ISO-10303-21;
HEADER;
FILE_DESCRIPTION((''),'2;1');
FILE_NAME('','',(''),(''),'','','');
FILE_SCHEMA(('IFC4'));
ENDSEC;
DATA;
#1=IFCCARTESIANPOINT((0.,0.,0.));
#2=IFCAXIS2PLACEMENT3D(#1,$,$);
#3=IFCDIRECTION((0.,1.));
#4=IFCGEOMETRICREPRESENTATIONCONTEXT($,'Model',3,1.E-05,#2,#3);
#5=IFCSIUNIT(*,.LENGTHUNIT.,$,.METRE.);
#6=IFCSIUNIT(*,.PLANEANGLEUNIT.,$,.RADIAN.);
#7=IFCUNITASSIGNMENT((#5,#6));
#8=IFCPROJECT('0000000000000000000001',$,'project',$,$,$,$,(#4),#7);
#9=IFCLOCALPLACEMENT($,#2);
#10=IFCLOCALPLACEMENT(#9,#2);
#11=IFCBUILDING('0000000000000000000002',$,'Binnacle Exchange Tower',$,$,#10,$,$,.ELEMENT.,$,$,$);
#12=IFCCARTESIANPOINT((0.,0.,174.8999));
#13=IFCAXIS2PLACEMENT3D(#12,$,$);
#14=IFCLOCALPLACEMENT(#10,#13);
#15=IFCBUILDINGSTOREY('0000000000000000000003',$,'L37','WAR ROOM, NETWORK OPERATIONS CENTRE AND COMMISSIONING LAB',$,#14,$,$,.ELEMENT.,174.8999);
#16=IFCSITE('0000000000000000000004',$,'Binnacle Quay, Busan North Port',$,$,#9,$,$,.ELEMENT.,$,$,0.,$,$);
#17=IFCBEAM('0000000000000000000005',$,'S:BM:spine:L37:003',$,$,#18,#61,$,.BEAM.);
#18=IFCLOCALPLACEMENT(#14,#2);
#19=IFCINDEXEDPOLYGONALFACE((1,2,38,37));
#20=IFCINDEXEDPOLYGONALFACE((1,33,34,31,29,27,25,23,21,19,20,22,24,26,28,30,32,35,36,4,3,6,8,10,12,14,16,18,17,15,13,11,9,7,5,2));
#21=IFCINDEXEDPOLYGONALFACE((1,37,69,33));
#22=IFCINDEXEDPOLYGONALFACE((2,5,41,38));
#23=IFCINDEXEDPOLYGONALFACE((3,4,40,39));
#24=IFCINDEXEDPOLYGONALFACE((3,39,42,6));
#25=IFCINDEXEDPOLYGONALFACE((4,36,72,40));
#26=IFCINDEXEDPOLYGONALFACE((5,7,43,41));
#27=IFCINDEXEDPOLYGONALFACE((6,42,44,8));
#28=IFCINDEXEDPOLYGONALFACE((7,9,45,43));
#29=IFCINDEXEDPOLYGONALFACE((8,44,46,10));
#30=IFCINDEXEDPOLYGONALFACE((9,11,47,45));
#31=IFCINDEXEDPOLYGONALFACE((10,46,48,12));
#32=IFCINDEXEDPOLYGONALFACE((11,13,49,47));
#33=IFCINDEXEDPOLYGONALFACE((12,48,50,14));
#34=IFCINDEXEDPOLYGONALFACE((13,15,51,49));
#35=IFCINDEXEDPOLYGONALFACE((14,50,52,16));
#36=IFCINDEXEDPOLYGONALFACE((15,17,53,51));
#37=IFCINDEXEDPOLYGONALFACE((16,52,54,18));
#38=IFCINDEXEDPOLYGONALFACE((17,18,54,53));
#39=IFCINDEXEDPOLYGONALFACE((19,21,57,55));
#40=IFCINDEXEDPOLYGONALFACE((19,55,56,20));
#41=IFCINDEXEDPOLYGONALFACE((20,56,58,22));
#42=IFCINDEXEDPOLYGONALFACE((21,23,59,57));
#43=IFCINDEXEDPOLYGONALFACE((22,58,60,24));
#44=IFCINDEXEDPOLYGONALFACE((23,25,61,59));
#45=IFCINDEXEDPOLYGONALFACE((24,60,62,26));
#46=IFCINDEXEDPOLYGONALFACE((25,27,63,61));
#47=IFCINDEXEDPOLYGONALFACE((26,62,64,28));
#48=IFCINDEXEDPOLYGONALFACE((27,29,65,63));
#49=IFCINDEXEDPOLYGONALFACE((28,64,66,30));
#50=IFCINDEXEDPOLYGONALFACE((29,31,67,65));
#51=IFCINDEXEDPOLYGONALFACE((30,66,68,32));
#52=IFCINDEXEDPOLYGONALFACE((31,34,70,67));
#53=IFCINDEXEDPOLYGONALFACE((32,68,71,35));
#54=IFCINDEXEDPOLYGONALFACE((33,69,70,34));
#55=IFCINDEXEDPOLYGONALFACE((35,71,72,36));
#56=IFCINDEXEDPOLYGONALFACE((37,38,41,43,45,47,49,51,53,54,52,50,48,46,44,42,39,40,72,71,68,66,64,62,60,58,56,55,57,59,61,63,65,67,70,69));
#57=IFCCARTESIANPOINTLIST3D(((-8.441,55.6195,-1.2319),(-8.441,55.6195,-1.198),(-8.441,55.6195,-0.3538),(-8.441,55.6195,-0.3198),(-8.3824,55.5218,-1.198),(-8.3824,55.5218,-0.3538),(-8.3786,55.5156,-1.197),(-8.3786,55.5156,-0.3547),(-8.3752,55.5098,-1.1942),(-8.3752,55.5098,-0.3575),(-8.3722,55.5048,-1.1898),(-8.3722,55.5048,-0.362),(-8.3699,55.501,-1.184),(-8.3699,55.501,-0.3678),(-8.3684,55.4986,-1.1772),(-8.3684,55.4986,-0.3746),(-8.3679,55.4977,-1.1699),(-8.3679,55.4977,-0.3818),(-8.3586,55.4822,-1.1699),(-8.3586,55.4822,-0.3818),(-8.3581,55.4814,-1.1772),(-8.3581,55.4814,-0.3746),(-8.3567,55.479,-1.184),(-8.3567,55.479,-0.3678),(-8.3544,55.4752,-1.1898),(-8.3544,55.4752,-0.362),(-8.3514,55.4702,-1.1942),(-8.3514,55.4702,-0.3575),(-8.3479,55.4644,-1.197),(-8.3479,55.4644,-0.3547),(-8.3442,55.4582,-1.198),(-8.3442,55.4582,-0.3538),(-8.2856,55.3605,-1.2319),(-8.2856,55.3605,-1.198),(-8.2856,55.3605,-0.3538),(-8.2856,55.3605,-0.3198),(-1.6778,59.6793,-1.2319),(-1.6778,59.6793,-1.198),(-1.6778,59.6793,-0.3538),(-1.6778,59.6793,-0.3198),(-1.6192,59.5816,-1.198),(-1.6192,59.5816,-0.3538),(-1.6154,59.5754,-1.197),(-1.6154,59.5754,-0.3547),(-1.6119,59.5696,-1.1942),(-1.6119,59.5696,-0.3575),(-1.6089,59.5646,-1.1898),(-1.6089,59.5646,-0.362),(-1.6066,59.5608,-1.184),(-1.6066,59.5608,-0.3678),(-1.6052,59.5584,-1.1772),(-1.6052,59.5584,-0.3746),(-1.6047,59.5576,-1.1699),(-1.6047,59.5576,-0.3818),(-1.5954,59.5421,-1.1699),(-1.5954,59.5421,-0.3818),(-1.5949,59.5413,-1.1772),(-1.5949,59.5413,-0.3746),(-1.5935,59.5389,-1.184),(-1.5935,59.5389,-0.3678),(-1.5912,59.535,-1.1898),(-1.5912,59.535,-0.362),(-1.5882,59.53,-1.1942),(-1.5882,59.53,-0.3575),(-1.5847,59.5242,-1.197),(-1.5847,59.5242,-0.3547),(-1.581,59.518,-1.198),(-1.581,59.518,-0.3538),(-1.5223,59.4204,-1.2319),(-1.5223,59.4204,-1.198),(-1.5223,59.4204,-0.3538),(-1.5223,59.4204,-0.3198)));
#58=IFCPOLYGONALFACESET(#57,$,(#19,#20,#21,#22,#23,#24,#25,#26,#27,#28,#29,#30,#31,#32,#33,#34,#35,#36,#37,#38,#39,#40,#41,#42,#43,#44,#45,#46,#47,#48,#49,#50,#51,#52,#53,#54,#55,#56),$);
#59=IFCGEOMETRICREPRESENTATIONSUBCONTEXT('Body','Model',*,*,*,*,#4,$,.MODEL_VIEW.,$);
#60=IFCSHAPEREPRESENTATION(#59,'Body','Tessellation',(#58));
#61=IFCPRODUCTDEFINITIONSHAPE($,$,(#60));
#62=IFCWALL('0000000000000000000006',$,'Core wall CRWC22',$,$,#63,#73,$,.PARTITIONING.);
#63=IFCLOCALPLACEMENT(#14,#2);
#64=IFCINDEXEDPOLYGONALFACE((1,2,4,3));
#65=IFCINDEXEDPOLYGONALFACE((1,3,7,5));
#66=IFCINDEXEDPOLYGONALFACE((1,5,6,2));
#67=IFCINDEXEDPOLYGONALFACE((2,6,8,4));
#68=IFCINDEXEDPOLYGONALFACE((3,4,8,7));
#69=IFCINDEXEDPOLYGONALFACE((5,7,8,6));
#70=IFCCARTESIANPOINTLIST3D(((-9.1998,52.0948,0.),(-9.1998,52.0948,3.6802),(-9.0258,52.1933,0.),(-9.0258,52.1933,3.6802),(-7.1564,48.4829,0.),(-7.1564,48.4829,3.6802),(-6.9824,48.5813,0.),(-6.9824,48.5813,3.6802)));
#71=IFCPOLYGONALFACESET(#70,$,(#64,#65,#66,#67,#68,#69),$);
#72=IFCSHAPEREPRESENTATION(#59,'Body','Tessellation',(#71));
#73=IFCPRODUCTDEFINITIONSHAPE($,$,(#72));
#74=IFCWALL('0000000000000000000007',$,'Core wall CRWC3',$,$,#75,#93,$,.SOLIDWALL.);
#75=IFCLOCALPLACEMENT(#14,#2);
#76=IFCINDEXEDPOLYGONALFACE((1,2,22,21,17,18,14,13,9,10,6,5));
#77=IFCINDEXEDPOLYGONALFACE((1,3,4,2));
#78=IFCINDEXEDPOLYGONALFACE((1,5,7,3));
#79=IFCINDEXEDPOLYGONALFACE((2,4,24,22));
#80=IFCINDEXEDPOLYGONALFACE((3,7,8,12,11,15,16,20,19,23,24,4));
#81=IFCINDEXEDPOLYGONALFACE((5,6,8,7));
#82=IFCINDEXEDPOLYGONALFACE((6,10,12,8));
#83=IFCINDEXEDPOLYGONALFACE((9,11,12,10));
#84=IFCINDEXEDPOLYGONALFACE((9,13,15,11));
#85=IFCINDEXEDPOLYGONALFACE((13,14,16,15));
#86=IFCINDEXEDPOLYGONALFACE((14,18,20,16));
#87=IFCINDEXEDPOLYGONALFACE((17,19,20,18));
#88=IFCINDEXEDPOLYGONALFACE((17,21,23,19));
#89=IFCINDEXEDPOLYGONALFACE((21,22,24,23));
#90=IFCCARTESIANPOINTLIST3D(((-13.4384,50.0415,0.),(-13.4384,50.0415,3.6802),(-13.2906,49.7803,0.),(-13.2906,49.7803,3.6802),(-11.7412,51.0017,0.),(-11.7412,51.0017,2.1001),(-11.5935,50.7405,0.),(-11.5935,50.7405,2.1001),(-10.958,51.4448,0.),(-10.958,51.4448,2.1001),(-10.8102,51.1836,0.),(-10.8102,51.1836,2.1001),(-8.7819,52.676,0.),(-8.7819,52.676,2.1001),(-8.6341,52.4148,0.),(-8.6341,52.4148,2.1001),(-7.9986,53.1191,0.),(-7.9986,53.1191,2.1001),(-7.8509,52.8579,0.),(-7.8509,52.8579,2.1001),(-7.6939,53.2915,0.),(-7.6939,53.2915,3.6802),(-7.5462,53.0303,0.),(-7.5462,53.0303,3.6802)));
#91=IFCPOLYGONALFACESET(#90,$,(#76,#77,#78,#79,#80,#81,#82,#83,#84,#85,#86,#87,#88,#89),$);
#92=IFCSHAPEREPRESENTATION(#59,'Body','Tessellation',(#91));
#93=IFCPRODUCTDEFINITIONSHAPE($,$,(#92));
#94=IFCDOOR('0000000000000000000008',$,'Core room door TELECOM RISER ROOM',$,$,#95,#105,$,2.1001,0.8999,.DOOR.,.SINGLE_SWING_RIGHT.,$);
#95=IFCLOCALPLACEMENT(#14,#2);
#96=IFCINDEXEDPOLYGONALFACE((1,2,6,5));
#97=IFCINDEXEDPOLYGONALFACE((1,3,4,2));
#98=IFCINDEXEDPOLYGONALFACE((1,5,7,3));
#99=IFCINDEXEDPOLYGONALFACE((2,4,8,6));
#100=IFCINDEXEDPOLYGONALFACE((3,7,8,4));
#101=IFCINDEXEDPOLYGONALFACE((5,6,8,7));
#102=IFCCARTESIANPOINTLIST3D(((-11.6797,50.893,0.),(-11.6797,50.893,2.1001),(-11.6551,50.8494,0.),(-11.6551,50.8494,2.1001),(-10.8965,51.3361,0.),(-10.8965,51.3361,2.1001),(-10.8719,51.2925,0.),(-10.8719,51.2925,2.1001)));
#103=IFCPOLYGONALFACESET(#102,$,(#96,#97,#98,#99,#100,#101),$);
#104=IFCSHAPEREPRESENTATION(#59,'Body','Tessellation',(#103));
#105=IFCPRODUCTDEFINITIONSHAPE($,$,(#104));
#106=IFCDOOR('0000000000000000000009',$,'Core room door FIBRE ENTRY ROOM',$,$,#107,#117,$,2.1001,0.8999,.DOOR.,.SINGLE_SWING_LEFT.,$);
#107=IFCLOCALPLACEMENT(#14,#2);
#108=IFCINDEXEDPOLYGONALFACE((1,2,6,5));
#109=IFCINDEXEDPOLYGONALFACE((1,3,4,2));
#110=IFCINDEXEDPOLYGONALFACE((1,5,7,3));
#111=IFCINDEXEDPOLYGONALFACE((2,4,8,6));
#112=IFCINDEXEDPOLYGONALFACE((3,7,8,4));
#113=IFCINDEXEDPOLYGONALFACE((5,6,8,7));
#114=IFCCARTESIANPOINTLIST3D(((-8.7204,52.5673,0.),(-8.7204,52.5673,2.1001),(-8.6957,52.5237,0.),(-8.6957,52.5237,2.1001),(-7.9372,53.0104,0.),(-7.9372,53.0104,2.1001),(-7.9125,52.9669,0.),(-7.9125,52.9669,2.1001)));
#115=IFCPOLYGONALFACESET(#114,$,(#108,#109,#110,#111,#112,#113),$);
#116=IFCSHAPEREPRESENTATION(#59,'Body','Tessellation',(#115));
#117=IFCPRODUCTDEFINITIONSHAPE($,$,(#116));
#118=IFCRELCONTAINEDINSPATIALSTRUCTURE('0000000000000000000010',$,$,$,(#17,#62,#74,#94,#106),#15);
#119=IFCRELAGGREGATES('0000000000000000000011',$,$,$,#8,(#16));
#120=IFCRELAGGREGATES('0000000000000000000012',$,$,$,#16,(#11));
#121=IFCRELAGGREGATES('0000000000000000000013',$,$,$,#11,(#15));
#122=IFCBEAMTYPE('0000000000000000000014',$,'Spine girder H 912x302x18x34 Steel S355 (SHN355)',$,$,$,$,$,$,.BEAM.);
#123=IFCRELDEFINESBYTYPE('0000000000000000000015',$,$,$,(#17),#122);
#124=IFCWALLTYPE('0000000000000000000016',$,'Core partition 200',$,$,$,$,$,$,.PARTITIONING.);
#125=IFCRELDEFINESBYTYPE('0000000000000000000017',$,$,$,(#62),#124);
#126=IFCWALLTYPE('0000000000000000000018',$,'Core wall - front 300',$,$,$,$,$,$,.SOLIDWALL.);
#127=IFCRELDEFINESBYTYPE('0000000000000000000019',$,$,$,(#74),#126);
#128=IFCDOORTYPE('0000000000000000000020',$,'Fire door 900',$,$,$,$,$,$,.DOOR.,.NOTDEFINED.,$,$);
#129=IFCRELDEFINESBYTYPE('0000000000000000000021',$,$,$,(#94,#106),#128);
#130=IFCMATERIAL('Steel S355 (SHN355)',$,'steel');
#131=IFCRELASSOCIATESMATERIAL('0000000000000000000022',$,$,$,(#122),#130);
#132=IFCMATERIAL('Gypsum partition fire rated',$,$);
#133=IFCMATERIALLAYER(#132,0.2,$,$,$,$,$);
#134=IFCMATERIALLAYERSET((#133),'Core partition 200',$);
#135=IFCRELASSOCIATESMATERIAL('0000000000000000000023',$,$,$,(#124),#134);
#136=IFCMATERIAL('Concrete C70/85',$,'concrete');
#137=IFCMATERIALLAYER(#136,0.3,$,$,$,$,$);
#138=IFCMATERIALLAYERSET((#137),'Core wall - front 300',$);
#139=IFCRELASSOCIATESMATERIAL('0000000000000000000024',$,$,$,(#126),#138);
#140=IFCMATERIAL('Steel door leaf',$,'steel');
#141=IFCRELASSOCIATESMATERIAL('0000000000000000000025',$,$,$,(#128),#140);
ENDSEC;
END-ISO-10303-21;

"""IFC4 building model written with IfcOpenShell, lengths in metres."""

from ifc_helpers import new_model, si_unit, direction, frame, frame_2d, origin, origin_2d, place, context, subcontext, project, spatial, rectangle, i_section, extrude, material, layer, layer_set, material_profile, profile_set, type_object, element, fill, save


model = new_model("IFC4")

# Units and contexts
model_context = context("Model", 3, precision=1e-05, world=origin(), true_north=direction((0.0, 1.0)))
body_context = subcontext(model_context, "Body", "Model", "MODEL_VIEW")
ifc_project = project(units=[si_unit("LENGTHUNIT", "METRE"), si_unit("PLANEANGLEUNIT", "RADIAN")], contexts=[model_context])

# Site, building, storey
site_placement = place(None, origin())
site = spatial("IfcSite", under=ifc_project, at=site_placement, Name="Binnacle Quay, Busan North Port", CompositionType="ELEMENT", RefElevation=0.0)
building_placement = place(site_placement, origin())
building = spatial("IfcBuilding", under=site, at=building_placement, Name="Binnacle Exchange Tower", CompositionType="ELEMENT")
storey_placement = place(building_placement, frame((0.0, 0.0, 174.8999)))
storey = spatial("IfcBuildingStorey", under=building, at=storey_placement, Name="L37", Description="WAR ROOM, NETWORK OPERATIONS CENTRE AND COMMISSIONING LAB", CompositionType="ELEMENT", Elevation=174.8999)

# Shared definitions
ifc_material_1 = material(Name="Concrete C70/85", Category="concrete")

# Beam
ifc_material_2 = material(Name="Steel S355 (SHN355)", Category="steel")
ifc_material_profile_1 = material_profile(ifc_material_2, i_section(OverallWidth=0.302, OverallDepth=0.9121, WebThickness=0.0181, FlangeThickness=0.0339, FilletRadius=0.0281, at=origin_2d()), Name="H 912x302x18x34")
ifc_profile_set_1 = profile_set([ifc_material_profile_1], Name="Steel S355 (SHN355)")
beam_type_1 = type_object("IfcBeamType", Name="Spine girder H 912x302x18x34 Steel S355 (SHN355)", PredefinedType="BEAM", material=ifc_profile_set_1)
beam_1_placement = place(storey_placement, frame((-8.3633, 55.49, -0.7759), z_axis=(0.857386, 0.514673, 0.0), x_axis=(-0.514673, 0.857386, 0.0)))
element("IfcBeam", 1, at=beam_1_placement, inside=storey, type_object=beam_type_1, Name="S:BM:spine:L37:003", PredefinedType="BEAM", context=body_context, shape_type="SweptSolid", body=[
    extrude(i_section(OverallWidth=0.302, OverallDepth=0.9121, WebThickness=0.0181, FlangeThickness=0.0339, FilletRadius=0.0281, at=origin_2d()), origin(), (0.0, 0.0, 1.0), 7.8882),
])

# Wall
ifc_material_3 = material(Name="Gypsum partition fire rated")
ifc_layer_1 = layer(ifc_material_3, 0.2)
ifc_layer_set_1 = layer_set([ifc_layer_1], Name="Core partition 200")
wall_type_1 = type_object("IfcWallType", Name="Core partition 200", PredefinedType="PARTITIONING", material=ifc_layer_set_1)
wall_1_placement = place(storey_placement, frame((-9.1128, 52.144, 0.0), z_axis=(0.0, 0.0, 1.0), x_axis=(0.492396, -0.870371, 0.0)))
element("IfcWall", 2, at=wall_1_placement, inside=storey, type_object=wall_type_1, Name="Core wall CRWC22", PredefinedType="PARTITIONING", context=body_context, shape_type="SweptSolid", body=[
    extrude(rectangle(XDim=4.1499, YDim=0.2, at=frame_2d((2.075, 0.0))), origin(), (0.0, 0.0, 1.0), 3.6802),
])

# Wall, openings, doors
ifc_layer_2 = layer(ifc_material_1, 0.3)
ifc_layer_set_2 = layer_set([ifc_layer_2], Name="Core wall - front 300")
wall_type_2 = type_object("IfcWallType", Name="Core wall - front 300", PredefinedType="SOLIDWALL", material=ifc_layer_set_2)
wall_2_placement = place(storey_placement, frame((-13.3645, 49.9109, 0.0), z_axis=(0.0, 0.0, 1.0), x_axis=(0.870357, 0.492422, 0.0)))
wall_2 = element("IfcWall", 3, at=wall_2_placement, inside=storey, type_object=wall_type_2, Name="Core wall CRWC3", PredefinedType="SOLIDWALL", context=body_context, shape_type="SweptSolid", body=[
    extrude(rectangle(XDim=6.6001, YDim=0.3, at=frame_2d((3.3, 0.0))), origin(), (0.0, 0.0, 1.0), 3.6802),
])
opening_1_placement = place(wall_2_placement, frame((1.95, 0.0, 0.0)))
opening_1 = element("IfcOpeningElement", 4, at=opening_1_placement, cuts=wall_2, PredefinedType="OPENING", context=body_context, shape_type="SweptSolid", body=[
    extrude(rectangle(XDim=0.8999, YDim=2.1001, at=frame_2d((0.45, 1.05))), frame((0.0, 0.1599, 0.0), z_axis=(0.0, -1.0, 0.0), x_axis=(1.0, 0.0, 0.0)), (0.0, 0.0, 1.0), 0.3201),
])
opening_2_placement = place(wall_2_placement, frame((5.3501, 0.0, 0.0)))
opening_2 = element("IfcOpeningElement", 5, at=opening_2_placement, cuts=wall_2, PredefinedType="OPENING", context=body_context, shape_type="SweptSolid", body=[
    extrude(rectangle(XDim=0.8999, YDim=2.1001, at=frame_2d((0.45, 1.05))), frame((0.0, 0.1599, 0.0), z_axis=(0.0, -1.0, 0.0), x_axis=(1.0, 0.0, 0.0)), (0.0, 0.0, 1.0), 0.3201),
])
ifc_material_4 = material(Name="Steel door leaf", Category="steel")
door_type_1 = type_object("IfcDoorType", Name="Fire door 900", OperationType="NOTDEFINED", PredefinedType="DOOR", material=ifc_material_4)
door_1_placement = place(opening_1_placement, frame((0.8999, 0.0, 0.0), z_axis=(0.0, 0.0, 1.0), x_axis=(-1.0, 0.0, 0.0)))
door_1 = element("IfcDoor", 6, at=door_1_placement, inside=storey, type_object=door_type_1, Name="Core room door TELECOM RISER ROOM", OperationType="SINGLE_SWING_RIGHT", OverallHeight=2.1001, OverallWidth=0.8999, PredefinedType="DOOR", context=body_context, shape_type="SweptSolid", body=[
    extrude(rectangle(XDim=0.8999, YDim=2.1001, at=frame_2d((0.45, 1.05))), frame((0.0, 0.0249, 0.0), z_axis=(0.0, -1.0, 0.0), x_axis=(1.0, 0.0, 0.0)), (0.0, 0.0, 1.0), 0.05),
])
fill(opening_1, door_1)
door_2_placement = place(opening_2_placement, frame((0.8999, 0.0, 0.0), z_axis=(0.0, 0.0, 1.0), x_axis=(-1.0, 0.0, 0.0)))
door_2 = element("IfcDoor", 7, at=door_2_placement, inside=storey, type_object=door_type_1, Name="Core room door FIBRE ENTRY ROOM", OperationType="SINGLE_SWING_LEFT", OverallHeight=2.1001, OverallWidth=0.8999, PredefinedType="DOOR", context=body_context, shape_type="SweptSolid", body=[
    extrude(rectangle(XDim=0.8999, YDim=2.1001, at=frame_2d((0.45, 1.05))), frame((0.0, 0.0249, 0.0), z_axis=(0.0, -1.0, 0.0), x_axis=(1.0, 0.0, 0.0)), (0.0, 0.0, 1.0), 0.05),
])
fill(opening_2, door_2)

save(model, "model.ifc")
